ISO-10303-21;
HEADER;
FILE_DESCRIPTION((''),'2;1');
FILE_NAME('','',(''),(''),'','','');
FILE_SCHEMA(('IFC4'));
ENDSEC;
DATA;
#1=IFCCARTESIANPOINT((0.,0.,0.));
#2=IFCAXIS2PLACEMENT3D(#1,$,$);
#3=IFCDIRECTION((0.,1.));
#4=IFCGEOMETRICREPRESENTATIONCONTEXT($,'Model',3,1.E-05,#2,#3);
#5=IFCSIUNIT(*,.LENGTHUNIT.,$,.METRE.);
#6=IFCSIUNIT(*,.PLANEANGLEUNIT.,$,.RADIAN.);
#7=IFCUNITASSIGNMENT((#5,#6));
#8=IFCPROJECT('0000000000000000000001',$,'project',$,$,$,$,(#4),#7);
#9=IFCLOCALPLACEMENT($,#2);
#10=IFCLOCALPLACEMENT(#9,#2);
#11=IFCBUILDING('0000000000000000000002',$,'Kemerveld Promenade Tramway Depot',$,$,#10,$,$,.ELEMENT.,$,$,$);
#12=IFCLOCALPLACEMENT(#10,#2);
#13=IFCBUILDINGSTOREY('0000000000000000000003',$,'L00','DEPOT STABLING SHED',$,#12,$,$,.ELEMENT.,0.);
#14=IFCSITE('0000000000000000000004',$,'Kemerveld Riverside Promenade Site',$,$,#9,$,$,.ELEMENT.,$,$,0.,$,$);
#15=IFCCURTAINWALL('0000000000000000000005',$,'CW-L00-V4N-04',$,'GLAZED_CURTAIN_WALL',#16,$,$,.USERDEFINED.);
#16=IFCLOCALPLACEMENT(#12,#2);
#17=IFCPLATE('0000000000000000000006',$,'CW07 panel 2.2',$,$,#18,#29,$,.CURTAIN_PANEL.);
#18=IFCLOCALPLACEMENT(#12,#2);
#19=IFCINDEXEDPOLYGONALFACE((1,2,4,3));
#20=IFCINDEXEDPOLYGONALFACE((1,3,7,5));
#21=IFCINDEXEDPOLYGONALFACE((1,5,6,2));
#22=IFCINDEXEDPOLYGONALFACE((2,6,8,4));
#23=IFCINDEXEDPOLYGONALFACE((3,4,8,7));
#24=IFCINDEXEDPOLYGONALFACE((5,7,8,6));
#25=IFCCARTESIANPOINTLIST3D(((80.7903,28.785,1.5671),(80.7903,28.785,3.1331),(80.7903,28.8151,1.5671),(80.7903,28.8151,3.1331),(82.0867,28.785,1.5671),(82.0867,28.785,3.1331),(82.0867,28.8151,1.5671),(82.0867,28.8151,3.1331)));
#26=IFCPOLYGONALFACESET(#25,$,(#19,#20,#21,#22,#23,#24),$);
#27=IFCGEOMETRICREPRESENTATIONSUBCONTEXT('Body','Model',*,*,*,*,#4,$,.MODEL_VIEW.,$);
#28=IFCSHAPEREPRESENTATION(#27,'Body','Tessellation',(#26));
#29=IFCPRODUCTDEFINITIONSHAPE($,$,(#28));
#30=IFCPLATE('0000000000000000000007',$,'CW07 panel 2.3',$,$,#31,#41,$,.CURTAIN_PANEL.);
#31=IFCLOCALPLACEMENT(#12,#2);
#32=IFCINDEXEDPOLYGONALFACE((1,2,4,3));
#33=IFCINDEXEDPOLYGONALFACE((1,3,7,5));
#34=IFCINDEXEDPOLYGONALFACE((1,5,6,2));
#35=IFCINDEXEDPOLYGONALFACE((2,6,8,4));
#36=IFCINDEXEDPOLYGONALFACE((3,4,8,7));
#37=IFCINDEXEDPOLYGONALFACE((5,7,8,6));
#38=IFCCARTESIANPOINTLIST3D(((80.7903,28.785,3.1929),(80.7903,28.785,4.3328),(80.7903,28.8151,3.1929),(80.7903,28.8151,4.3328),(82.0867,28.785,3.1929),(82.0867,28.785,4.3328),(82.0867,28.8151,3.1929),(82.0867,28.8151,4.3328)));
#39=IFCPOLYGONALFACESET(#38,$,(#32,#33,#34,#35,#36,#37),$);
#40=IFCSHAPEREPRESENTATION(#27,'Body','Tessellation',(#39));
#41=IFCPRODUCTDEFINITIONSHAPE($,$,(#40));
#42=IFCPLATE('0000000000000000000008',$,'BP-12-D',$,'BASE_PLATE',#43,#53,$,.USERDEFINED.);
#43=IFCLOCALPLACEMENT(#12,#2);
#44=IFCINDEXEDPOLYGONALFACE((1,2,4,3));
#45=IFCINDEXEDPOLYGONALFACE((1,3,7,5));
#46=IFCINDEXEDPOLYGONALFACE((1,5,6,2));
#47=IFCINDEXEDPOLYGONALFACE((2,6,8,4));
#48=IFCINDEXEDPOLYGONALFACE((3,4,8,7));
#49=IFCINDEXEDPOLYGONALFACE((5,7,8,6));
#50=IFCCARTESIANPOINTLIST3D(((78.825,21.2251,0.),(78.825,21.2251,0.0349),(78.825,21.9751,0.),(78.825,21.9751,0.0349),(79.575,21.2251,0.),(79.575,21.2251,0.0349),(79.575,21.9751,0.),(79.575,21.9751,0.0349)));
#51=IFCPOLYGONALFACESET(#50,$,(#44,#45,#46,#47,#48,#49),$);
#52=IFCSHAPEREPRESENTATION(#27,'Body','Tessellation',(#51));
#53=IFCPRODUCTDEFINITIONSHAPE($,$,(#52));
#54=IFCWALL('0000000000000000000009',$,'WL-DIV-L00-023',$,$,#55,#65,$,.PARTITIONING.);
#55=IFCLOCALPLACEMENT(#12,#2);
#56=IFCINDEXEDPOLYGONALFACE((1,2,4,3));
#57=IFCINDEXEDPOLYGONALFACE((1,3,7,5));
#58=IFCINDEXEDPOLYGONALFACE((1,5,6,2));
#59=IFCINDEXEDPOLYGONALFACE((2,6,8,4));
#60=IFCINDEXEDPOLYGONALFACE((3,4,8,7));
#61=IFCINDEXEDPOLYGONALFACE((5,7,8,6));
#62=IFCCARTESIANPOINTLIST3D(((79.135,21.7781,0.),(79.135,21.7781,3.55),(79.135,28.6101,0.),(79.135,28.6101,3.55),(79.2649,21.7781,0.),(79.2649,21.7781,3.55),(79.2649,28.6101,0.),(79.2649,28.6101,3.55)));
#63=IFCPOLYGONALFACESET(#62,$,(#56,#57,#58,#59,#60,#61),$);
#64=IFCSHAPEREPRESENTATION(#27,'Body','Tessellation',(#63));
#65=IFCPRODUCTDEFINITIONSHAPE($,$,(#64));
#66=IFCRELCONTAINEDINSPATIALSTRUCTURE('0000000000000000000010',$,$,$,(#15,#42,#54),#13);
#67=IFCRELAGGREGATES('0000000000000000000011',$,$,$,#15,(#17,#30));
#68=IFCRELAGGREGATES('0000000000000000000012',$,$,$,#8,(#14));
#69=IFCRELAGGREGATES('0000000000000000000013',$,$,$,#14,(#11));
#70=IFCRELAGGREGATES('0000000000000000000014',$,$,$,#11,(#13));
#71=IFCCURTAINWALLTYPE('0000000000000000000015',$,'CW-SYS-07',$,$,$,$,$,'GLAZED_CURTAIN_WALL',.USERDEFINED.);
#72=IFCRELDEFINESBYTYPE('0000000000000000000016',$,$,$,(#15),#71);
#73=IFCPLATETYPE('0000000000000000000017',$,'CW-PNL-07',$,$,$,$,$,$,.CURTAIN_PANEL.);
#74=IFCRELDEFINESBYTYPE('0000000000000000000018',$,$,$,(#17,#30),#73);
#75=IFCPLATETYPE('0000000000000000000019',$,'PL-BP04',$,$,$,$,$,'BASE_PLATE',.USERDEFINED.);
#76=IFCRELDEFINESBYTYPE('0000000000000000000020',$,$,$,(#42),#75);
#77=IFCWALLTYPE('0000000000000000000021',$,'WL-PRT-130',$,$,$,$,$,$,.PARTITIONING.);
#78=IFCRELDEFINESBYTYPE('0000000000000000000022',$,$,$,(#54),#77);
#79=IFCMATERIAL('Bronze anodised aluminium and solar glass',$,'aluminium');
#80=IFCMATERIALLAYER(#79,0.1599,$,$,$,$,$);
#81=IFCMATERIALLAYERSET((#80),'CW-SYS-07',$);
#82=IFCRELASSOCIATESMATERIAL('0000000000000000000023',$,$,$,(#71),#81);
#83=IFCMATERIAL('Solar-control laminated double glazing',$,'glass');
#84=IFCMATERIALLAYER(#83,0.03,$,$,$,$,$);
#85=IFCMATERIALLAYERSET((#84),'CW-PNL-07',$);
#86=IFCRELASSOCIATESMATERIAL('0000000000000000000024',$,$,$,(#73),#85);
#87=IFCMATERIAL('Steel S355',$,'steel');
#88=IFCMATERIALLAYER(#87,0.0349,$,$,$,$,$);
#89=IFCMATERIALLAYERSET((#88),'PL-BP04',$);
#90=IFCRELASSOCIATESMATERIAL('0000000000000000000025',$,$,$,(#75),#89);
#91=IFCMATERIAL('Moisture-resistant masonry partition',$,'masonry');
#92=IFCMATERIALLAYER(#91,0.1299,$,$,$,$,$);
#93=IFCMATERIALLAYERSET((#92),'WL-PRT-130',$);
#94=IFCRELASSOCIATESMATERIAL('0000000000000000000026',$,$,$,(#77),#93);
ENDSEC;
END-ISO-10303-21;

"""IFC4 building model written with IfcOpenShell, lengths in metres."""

from ifc_helpers import new_model, si_unit, direction, frame, frame_2d, origin, origin_2d, place, context, subcontext, project, spatial, rectangle, extrude, material, layer, layer_set, type_object, element, aggregate, save


model = new_model("IFC4")

# Units and contexts
model_context = context("Model", 3, precision=1e-05, world=origin(), true_north=direction((0.0, 1.0)))
body_context = subcontext(model_context, "Body", "Model", "MODEL_VIEW")
ifc_project = project(units=[si_unit("LENGTHUNIT", "METRE"), si_unit("PLANEANGLEUNIT", "RADIAN")], contexts=[model_context])

# Site, building, storey
site_placement = place(None, origin())
site = spatial("IfcSite", under=ifc_project, at=site_placement, Name="Kemerveld Riverside Promenade Site", CompositionType="ELEMENT", RefElevation=0.0)
building_placement = place(site_placement, origin())
building = spatial("IfcBuilding", under=site, at=building_placement, Name="Kemerveld Promenade Tramway Depot", CompositionType="ELEMENT")
storey_placement = place(building_placement, origin())
storey = spatial("IfcBuildingStorey", under=building, at=storey_placement, Name="L00", Description="DEPOT STABLING SHED", CompositionType="ELEMENT", Elevation=0.0)

# Shared definitions
ifc_material_1 = material(Name="Steel S355", Category="steel")

# Curtain wall, plates
ifc_material_2 = material(Name="Bronze anodised aluminium and solar glass", Category="aluminium")
ifc_layer_1 = layer(ifc_material_2, 0.1599)
ifc_layer_set_1 = layer_set([ifc_layer_1], Name="CW-SYS-07")
curtain_wall_type = type_object("IfcCurtainWallType", Name="CW-SYS-07", ElementType="GLAZED_CURTAIN_WALL", PredefinedType="USERDEFINED", material=ifc_layer_set_1)
curtain_wall_placement = place(storey_placement, origin())
curtain_wall = element("IfcCurtainWall", 1, at=curtain_wall_placement, inside=storey, type_object=curtain_wall_type, Name="CW-L00-V4N-04", ObjectType="GLAZED_CURTAIN_WALL", PredefinedType="USERDEFINED")
ifc_material_3 = material(Name="Solar-control laminated double glazing", Category="glass")
ifc_layer_2 = layer(ifc_material_3, 0.03)
ifc_layer_set_2 = layer_set([ifc_layer_2], Name="CW-PNL-07")
plate_type_1 = type_object("IfcPlateType", Name="CW-PNL-07", PredefinedType="CURTAIN_PANEL", material=ifc_layer_set_2)
plate_1_placement = place(storey_placement, frame((81.4385, 28.8, 1.5671), z_axis=(0.0, 0.0, 1.0), x_axis=(1.0, 0.0, 0.0)))
plate_1 = element("IfcPlate", 2, at=plate_1_placement, type_object=plate_type_1, Name="CW07 panel 2.2", PredefinedType="CURTAIN_PANEL", context=body_context, shape_type="SweptSolid", body=[
    extrude(rectangle(XDim=1.2964, YDim=0.03, at=origin_2d()), origin(), (0.0, 0.0, 1.0), 1.5659),
])
plate_2_placement = place(storey_placement, frame((81.4385, 28.8, 3.1929), z_axis=(0.0, 0.0, 1.0), x_axis=(1.0, 0.0, 0.0)))
plate_2 = element("IfcPlate", 3, at=plate_2_placement, type_object=plate_type_1, Name="CW07 panel 2.3", PredefinedType="CURTAIN_PANEL", context=body_context, shape_type="SweptSolid", body=[
    extrude(rectangle(XDim=1.2964, YDim=0.03, at=origin_2d()), origin(), (0.0, 0.0, 1.0), 1.1399),
])
aggregate(curtain_wall, [plate_1, plate_2])

# Plate
ifc_layer_3 = layer(ifc_material_1, 0.0349)
ifc_layer_set_3 = layer_set([ifc_layer_3], Name="PL-BP04")
plate_type_2 = type_object("IfcPlateType", Name="PL-BP04", ElementType="BASE_PLATE", PredefinedType="USERDEFINED", material=ifc_layer_set_3)
plate_3_placement = place(storey_placement, frame((79.2, 21.6001, 0.0), z_axis=(0.0, 0.0, 1.0), x_axis=(1.0, 0.0, 0.0)))
element("IfcPlate", 4, at=plate_3_placement, inside=storey, type_object=plate_type_2, Name="BP-12-D", ObjectType="BASE_PLATE", PredefinedType="USERDEFINED", context=body_context, shape_type="SweptSolid", body=[
    extrude(rectangle(XDim=0.75, YDim=0.75, at=origin_2d()), origin(), (0.0, 0.0, 1.0), 0.0349),
])

# Wall
ifc_material_4 = material(Name="Moisture-resistant masonry partition", Category="masonry")
ifc_layer_4 = layer(ifc_material_4, 0.1299)
ifc_layer_set_4 = layer_set([ifc_layer_4], Name="WL-PRT-130")
wall_type = type_object("IfcWallType", Name="WL-PRT-130", PredefinedType="PARTITIONING", material=ifc_layer_set_4)
wall_placement = place(storey_placement, frame((79.2, 21.7781, 0.0), z_axis=(0.0, 0.0, 1.0), x_axis=(0.0, 1.0, 0.0)))
element("IfcWall", 5, at=wall_placement, inside=storey, type_object=wall_type, Name="WL-DIV-L00-023", PredefinedType="PARTITIONING", context=body_context, shape_type="SweptSolid", body=[
    extrude(rectangle(XDim=6.832, YDim=0.1299, at=frame_2d((3.416, 0.0))), origin(), (0.0, 0.0, 1.0), 3.55),
])

save(model, "model.ifc")
